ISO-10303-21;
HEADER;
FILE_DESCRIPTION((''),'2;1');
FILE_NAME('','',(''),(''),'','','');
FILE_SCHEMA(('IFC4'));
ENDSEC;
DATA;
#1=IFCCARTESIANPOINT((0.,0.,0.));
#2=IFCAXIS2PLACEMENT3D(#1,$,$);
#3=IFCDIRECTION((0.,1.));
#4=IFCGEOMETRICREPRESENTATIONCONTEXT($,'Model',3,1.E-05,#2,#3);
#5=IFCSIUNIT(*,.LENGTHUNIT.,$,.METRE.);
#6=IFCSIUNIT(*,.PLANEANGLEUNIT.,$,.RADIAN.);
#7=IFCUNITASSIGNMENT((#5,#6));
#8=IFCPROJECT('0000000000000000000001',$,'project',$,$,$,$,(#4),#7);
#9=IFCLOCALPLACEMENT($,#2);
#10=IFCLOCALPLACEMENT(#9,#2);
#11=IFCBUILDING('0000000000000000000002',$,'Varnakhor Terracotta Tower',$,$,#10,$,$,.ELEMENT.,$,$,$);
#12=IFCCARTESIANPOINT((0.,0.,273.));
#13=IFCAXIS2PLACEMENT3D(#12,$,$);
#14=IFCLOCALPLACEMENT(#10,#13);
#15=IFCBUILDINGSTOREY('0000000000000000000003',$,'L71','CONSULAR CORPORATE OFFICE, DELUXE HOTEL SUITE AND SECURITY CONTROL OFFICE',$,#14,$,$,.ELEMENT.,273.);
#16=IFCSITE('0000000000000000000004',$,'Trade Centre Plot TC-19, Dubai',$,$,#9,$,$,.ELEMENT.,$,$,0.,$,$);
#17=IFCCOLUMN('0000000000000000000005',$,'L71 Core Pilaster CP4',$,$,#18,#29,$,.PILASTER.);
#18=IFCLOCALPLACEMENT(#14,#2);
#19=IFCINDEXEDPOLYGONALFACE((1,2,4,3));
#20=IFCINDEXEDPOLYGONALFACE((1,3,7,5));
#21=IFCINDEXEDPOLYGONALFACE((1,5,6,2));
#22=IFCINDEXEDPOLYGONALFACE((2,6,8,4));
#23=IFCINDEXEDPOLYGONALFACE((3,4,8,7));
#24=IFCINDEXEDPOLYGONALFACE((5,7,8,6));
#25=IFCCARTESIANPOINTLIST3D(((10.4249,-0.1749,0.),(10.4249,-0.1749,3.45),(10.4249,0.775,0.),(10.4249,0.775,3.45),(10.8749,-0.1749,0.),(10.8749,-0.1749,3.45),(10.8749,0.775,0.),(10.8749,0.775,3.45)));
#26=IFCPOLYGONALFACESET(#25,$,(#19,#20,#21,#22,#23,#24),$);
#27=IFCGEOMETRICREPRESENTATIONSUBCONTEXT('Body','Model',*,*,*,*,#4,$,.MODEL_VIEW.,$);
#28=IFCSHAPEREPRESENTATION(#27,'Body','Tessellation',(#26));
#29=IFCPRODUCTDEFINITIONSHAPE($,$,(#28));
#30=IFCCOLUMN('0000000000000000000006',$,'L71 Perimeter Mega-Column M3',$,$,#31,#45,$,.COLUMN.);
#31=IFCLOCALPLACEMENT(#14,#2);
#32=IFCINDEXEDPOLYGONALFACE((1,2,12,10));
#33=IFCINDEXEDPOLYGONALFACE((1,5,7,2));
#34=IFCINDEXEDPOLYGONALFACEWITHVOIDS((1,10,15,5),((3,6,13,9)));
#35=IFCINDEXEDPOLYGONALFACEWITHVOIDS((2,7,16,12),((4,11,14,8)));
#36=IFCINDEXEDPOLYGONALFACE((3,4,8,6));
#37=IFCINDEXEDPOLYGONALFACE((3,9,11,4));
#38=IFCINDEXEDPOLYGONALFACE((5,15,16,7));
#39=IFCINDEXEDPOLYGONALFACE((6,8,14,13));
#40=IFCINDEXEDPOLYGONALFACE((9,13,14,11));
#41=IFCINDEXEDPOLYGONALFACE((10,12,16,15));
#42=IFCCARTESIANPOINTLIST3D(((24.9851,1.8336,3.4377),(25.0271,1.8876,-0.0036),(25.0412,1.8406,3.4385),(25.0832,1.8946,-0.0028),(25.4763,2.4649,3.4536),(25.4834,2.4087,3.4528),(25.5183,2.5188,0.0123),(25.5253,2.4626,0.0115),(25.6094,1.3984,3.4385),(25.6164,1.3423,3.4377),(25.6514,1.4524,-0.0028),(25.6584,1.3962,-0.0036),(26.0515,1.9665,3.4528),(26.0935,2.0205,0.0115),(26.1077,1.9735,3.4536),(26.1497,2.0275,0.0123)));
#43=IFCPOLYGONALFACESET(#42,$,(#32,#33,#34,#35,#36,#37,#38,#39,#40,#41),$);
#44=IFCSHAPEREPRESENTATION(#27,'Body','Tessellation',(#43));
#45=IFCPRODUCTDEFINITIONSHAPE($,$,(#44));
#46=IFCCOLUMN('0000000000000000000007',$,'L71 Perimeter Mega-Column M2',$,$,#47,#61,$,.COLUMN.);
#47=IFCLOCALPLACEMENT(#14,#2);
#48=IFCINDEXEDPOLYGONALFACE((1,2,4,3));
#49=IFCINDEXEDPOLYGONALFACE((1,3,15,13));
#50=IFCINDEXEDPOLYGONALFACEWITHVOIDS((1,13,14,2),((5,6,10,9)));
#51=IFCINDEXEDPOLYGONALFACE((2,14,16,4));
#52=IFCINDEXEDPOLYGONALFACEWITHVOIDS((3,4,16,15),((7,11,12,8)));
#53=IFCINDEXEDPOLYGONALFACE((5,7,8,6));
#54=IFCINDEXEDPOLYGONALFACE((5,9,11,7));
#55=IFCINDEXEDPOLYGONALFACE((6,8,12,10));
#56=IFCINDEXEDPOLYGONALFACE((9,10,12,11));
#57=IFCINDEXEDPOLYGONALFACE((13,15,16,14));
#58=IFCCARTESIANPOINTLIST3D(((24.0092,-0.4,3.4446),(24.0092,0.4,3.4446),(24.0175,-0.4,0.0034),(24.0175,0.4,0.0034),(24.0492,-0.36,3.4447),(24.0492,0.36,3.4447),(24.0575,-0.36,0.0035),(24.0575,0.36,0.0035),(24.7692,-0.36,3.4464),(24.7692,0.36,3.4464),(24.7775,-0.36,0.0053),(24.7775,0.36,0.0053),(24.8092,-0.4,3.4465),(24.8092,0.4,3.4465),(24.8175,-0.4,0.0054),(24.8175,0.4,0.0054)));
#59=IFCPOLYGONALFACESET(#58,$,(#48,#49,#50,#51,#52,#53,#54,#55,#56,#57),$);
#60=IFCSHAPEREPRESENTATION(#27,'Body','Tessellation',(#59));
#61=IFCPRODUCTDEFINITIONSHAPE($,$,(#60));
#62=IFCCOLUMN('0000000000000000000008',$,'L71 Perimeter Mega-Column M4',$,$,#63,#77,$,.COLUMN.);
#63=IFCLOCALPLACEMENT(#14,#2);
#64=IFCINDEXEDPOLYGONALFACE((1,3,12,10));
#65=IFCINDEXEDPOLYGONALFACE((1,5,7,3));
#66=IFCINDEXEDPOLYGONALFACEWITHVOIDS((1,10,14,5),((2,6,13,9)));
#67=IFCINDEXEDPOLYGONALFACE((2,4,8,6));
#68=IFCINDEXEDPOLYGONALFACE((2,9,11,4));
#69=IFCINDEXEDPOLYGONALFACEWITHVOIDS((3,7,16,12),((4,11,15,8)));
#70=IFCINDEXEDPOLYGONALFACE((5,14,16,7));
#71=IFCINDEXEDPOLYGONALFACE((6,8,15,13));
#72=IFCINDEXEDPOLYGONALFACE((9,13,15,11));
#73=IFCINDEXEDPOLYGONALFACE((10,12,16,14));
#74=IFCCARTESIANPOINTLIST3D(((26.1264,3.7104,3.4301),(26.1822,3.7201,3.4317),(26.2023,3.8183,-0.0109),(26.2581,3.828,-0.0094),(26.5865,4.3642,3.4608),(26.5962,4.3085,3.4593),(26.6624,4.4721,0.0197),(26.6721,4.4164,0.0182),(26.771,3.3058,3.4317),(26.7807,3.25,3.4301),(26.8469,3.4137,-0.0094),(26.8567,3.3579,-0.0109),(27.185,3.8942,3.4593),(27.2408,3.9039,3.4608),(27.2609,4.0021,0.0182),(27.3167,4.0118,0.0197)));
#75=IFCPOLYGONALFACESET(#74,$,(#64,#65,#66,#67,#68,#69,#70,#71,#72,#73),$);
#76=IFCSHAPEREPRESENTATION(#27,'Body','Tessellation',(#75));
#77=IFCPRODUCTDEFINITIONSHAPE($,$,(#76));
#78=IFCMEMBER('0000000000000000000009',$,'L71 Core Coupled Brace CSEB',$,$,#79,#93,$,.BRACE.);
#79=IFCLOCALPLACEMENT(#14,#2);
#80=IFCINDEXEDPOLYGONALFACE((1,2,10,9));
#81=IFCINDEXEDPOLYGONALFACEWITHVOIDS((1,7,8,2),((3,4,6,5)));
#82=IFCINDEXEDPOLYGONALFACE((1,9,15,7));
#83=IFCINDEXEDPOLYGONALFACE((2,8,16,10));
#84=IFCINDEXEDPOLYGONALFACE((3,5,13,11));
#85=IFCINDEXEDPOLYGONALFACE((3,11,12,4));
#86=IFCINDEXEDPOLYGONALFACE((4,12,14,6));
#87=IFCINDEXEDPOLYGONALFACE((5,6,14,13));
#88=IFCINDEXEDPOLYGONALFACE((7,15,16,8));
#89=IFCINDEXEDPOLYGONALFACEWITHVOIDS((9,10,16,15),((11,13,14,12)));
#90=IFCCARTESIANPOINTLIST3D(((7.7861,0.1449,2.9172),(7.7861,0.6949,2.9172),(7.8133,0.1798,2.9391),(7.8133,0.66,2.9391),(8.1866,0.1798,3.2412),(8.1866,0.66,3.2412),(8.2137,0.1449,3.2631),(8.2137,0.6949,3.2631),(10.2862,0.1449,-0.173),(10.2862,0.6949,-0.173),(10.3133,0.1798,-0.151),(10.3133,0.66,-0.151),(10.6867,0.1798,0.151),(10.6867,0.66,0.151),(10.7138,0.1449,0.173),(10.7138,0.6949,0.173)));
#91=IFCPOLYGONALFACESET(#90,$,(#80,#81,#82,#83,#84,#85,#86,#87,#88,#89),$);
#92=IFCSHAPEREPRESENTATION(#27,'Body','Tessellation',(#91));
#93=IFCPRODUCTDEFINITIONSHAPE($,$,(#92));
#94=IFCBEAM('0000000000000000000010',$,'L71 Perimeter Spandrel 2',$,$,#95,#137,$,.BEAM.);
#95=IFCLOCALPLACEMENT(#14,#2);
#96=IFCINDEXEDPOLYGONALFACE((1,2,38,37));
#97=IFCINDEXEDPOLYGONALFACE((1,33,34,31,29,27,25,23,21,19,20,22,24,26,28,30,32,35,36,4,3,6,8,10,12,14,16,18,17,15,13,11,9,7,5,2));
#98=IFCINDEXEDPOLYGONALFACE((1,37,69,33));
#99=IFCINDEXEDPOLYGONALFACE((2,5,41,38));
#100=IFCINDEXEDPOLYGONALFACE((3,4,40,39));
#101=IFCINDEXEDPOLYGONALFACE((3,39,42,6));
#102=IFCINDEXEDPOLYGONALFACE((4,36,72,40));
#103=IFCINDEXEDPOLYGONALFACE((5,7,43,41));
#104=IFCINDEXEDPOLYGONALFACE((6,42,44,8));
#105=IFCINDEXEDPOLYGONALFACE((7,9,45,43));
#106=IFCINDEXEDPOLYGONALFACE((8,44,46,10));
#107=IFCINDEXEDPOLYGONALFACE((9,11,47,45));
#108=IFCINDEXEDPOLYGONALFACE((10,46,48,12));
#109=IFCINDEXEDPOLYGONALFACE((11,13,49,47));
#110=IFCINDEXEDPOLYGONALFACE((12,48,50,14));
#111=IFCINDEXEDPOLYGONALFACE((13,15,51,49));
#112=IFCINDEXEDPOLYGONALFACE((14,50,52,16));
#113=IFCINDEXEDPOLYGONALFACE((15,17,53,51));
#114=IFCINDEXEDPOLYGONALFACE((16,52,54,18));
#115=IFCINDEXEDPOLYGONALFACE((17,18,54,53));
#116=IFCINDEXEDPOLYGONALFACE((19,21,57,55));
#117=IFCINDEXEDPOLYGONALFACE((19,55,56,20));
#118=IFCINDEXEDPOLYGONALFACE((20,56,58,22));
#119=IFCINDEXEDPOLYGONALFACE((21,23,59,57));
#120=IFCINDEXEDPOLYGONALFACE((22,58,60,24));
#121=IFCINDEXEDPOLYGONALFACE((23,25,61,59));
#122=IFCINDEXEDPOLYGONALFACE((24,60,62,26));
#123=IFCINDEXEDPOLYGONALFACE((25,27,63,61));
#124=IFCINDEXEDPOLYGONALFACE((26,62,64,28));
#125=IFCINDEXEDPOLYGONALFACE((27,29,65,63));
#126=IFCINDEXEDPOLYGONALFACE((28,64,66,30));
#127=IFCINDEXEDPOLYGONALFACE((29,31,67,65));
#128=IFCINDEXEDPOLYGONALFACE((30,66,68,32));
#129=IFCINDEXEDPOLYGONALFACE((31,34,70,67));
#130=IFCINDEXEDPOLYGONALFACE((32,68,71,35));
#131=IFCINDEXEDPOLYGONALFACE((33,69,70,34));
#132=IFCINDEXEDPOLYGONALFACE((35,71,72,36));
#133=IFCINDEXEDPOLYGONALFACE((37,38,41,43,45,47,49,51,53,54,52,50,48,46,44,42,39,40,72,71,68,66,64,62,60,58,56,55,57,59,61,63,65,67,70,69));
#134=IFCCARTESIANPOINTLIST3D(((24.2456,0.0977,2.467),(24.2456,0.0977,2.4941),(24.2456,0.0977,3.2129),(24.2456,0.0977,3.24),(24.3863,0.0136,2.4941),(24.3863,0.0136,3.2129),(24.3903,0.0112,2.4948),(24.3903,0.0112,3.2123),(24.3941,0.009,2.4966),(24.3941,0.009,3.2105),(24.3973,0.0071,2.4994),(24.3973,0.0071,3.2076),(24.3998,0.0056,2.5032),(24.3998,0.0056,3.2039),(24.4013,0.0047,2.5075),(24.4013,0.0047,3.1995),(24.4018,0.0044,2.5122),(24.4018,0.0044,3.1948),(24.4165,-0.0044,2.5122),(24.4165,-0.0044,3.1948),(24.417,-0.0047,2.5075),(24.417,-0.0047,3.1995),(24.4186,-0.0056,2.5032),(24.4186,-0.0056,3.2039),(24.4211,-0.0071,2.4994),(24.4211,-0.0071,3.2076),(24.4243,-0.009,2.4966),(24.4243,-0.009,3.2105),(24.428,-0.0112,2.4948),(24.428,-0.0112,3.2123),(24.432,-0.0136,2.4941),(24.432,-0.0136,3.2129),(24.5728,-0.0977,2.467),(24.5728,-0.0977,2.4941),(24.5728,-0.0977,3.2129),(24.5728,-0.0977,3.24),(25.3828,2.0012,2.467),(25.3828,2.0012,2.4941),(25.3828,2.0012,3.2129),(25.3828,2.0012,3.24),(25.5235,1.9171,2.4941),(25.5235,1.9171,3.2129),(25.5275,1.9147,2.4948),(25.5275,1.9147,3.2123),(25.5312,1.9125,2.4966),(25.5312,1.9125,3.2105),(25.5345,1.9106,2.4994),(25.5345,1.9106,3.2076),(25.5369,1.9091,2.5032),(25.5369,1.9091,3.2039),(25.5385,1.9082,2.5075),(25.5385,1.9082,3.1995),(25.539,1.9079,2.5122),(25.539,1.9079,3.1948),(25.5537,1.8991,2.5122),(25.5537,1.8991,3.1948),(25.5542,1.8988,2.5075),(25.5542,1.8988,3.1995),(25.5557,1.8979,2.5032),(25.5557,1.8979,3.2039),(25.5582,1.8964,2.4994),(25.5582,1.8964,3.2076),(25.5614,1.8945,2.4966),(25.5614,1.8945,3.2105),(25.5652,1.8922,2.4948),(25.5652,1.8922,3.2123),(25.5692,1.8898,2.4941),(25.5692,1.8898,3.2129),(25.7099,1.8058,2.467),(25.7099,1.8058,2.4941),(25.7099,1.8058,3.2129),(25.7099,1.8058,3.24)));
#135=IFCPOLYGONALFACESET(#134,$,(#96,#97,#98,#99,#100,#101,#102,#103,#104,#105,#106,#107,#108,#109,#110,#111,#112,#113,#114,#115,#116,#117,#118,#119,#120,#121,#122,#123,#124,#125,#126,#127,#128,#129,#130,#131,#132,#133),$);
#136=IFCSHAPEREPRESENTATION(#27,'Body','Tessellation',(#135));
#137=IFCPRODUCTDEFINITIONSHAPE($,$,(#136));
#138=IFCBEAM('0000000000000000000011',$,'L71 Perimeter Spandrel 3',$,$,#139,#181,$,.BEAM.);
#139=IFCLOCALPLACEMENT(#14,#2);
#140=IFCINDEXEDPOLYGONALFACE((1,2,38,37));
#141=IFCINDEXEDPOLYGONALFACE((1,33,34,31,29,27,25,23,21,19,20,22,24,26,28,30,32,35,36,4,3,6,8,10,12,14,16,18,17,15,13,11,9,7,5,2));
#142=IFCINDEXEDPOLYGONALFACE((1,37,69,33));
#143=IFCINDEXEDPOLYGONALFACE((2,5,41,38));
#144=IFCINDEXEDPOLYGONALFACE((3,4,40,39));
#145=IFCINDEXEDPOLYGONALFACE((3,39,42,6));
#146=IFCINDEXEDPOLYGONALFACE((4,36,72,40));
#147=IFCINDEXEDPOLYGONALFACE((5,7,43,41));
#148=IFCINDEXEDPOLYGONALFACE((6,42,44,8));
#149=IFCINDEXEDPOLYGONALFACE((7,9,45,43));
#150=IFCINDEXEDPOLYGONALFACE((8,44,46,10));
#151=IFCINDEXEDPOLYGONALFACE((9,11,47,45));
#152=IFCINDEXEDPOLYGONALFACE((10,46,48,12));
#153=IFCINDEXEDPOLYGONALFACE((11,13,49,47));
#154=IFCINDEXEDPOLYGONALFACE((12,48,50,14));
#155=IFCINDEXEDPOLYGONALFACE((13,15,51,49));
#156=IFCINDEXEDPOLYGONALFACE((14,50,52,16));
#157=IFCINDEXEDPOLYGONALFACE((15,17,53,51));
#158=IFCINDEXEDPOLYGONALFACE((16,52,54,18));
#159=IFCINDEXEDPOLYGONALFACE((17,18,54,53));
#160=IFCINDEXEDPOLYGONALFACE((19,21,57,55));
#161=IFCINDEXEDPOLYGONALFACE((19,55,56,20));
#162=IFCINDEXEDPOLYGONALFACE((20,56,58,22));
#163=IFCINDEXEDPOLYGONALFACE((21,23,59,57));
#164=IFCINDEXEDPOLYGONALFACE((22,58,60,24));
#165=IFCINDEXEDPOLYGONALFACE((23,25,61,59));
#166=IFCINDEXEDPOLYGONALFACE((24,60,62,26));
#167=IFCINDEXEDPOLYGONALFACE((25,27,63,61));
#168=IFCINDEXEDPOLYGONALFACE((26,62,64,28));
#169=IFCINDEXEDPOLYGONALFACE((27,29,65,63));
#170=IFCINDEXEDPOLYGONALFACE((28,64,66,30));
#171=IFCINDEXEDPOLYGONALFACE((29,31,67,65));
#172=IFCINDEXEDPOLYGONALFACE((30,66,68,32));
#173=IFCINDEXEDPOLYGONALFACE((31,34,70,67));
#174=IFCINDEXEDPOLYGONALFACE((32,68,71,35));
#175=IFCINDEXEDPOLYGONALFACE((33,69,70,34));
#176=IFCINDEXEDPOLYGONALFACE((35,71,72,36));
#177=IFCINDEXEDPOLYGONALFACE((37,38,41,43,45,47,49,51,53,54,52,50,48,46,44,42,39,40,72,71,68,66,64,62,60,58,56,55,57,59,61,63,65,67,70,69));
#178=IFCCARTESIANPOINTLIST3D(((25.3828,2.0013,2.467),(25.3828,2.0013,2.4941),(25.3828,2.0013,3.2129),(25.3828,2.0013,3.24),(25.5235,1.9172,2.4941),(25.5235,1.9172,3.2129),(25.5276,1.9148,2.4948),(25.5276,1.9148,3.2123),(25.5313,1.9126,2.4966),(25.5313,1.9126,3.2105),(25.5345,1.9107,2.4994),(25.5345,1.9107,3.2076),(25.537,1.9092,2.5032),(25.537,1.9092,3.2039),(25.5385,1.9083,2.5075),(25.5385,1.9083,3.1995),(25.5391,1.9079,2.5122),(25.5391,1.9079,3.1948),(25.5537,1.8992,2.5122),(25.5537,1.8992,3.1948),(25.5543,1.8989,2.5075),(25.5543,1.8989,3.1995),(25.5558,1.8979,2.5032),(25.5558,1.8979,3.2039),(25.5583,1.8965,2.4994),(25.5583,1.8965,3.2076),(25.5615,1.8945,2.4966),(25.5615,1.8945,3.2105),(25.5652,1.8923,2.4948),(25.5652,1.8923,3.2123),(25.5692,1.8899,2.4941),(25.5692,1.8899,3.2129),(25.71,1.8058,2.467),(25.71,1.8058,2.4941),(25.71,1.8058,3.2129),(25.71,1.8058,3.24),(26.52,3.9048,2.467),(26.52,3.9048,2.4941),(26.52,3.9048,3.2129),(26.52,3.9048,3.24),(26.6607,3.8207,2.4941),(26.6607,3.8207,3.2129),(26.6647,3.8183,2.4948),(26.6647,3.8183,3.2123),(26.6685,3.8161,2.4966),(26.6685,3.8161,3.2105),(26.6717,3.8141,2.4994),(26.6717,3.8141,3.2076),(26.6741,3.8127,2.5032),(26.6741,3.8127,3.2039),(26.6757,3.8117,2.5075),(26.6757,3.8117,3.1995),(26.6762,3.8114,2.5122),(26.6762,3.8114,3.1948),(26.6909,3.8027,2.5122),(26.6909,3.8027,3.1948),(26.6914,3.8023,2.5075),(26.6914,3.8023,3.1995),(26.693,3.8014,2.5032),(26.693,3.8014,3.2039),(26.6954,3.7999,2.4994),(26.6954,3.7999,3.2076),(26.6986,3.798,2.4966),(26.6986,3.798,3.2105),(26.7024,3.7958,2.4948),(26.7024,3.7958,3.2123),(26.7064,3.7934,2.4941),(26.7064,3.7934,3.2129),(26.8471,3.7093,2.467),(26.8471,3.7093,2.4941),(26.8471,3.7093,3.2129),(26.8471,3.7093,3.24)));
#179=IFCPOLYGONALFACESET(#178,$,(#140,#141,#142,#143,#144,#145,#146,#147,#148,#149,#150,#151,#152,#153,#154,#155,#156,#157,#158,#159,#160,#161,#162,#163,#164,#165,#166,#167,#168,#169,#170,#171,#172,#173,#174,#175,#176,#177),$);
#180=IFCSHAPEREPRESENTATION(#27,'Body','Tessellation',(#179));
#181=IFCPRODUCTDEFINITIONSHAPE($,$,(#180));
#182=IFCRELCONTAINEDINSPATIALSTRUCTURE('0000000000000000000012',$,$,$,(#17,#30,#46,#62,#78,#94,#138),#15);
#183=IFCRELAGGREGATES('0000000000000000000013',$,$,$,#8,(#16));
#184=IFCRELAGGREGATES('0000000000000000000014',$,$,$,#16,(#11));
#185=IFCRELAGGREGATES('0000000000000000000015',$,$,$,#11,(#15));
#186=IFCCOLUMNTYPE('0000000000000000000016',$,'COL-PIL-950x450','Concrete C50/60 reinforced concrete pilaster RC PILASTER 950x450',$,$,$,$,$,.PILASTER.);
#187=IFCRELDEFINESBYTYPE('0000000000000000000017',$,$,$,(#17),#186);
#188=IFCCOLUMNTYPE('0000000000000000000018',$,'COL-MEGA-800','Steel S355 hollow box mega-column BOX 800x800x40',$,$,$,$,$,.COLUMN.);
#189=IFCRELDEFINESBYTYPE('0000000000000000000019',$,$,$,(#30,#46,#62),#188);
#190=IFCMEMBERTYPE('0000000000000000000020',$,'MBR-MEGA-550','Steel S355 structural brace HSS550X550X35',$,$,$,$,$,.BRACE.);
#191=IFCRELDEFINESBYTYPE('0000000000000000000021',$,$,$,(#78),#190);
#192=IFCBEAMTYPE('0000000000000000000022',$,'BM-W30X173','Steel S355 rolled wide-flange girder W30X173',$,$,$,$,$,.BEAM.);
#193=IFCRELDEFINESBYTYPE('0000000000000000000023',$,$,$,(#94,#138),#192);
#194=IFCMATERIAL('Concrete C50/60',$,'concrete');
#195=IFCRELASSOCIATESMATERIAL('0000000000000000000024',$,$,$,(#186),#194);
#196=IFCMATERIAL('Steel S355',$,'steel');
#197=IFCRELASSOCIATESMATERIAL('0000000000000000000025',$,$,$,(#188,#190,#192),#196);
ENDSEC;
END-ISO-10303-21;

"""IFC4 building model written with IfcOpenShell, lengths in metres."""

from ifc_helpers import new_model, si_unit, direction, frame, origin, origin_2d, place, context, subcontext, project, spatial, rectangle, hollow_rectangle, i_section, extrude, source, transform, mapped, material, material_profile, profile_set, type_object, element, save


model = new_model("IFC4")

# Units and contexts
model_context = context("Model", 3, precision=1e-05, world=origin(), true_north=direction((0.0, 1.0)))
body_context = subcontext(model_context, "Body", "Model", "MODEL_VIEW")
ifc_project = project(units=[si_unit("LENGTHUNIT", "METRE"), si_unit("PLANEANGLEUNIT", "RADIAN")], contexts=[model_context])

# Site, building, storey
site_placement = place(None, origin())
site = spatial("IfcSite", under=ifc_project, at=site_placement, Name="Trade Centre Plot TC-19, Dubai", CompositionType="ELEMENT", RefElevation=0.0)
building_placement = place(site_placement, origin())
building = spatial("IfcBuilding", under=site, at=building_placement, Name="Varnakhor Terracotta Tower", CompositionType="ELEMENT")
storey_placement = place(building_placement, frame((0.0, 0.0, 273.0)))
storey = spatial("IfcBuildingStorey", under=building, at=storey_placement, Name="L71", Description="CONSULAR CORPORATE OFFICE, DELUXE HOTEL SUITE AND SECURITY CONTROL OFFICE", CompositionType="ELEMENT", Elevation=273.0)

# Columns
ifc_material_1 = material(Name="Concrete C50/60", Category="concrete")
ifc_material_profile_1 = material_profile(ifc_material_1, rectangle(XDim=0.45, YDim=0.95, at=origin_2d()), Name="RC PILASTER 950x450")
ifc_profile_set_1 = profile_set([ifc_material_profile_1], Name="Concrete C50/60")
column_type_1 = type_object("IfcColumnType", Name="COL-PIL-950x450", Description="Concrete C50/60 reinforced concrete pilaster RC PILASTER 950x450", PredefinedType="PILASTER", material=ifc_profile_set_1)
shared_shape_1 = source(origin(), body_context, "Body", "SweptSolid", [
    extrude(rectangle(XDim=0.45, YDim=0.95, at=origin_2d()), origin(), (0.0, 0.0, 1.0), 3.45),
])
column_1_placement = place(storey_placement, frame((10.6499, 0.3, 0.0), z_axis=(0.0, 0.0, 1.0), x_axis=(1.0, 0.0, 0.0)))
element("IfcColumn", 1, at=column_1_placement, inside=storey, type_object=column_type_1, Name="L71 Core Pilaster CP4", PredefinedType="PILASTER", context=body_context, shape_type="MappedRepresentation", body=[
    mapped(shared_shape_1, transform((0.0, 0.0, 0.0), scale=1.0)),
])
ifc_material_2 = material(Name="Steel S355", Category="steel")
ifc_material_profile_2 = material_profile(ifc_material_2, hollow_rectangle(XDim=0.8, YDim=0.8, WallThickness=0.04, at=origin_2d()), Name="BOX 800x800x40")
ifc_profile_set_2 = profile_set([ifc_material_profile_2], Name="Steel S355")
column_type_2 = type_object("IfcColumnType", Name="COL-MEGA-800", Description="Steel S355 hollow box mega-column BOX 800x800x40", PredefinedType="COLUMN", material=ifc_profile_set_2)
shared_shape_2 = source(origin(), body_context, "Body", "SweptSolid", [
    extrude(hollow_rectangle(XDim=0.8, YDim=0.8, WallThickness=0.04, at=origin_2d()), origin(), (0.0, 0.0, 1.0), 3.4419),
])
column_2_placement = place(storey_placement, frame((25.5884, 1.9575, 0.0044), z_axis=(-0.012201, -0.015676, 0.999803), x_axis=(0.78916, -0.614188, 0.0)))
element("IfcColumn", 2, at=column_2_placement, inside=storey, type_object=column_type_2, Name="L71 Perimeter Mega-Column M3", PredefinedType="COLUMN", context=body_context, shape_type="MappedRepresentation", body=[
    mapped(shared_shape_2, transform((0.0, 0.0, 0.0), scale=1.0)),
])
shared_shape_3 = source(origin(), body_context, "Body", "SweptSolid", [
    extrude(hollow_rectangle(XDim=0.8, YDim=0.8, WallThickness=0.04, at=origin_2d()), origin(), (0.0, 0.0, 1.0), 3.4412),
])
column_3_placement = place(storey_placement, frame((24.4175, 0.0, 0.0044), z_axis=(-0.002412, 0.0, 0.999997), x_axis=(0.0, -1.0, 0.0)))
element("IfcColumn", 3, at=column_3_placement, inside=storey, type_object=column_type_2, Name="L71 Perimeter Mega-Column M2", PredefinedType="COLUMN", context=body_context, shape_type="MappedRepresentation", body=[
    mapped(shared_shape_3, transform((0.0, 0.0, 0.0), scale=1.0)),
])
shared_shape_4 = source(origin(), body_context, "Body", "SweptSolid", [
    extrude(hollow_rectangle(XDim=0.8, YDim=0.8, WallThickness=0.04, at=origin_2d()), origin(), (0.0, 0.0, 1.0), 3.4436),
])
column_4_placement = place(storey_placement, frame((26.7595, 3.915, 0.0044), z_axis=(-0.022048, -0.031336, 0.999266), x_axis=(0.817839, -0.575448, 0.0)))
element("IfcColumn", 4, at=column_4_placement, inside=storey, type_object=column_type_2, Name="L71 Perimeter Mega-Column M4", PredefinedType="COLUMN", context=body_context, shape_type="MappedRepresentation", body=[
    mapped(shared_shape_4, transform((0.0, 0.0, 0.0), scale=1.0)),
])

# Member
ifc_material_profile_3 = material_profile(ifc_material_2, hollow_rectangle(XDim=0.55, YDim=0.55, WallThickness=0.0349, at=origin_2d()), Name="HSS550X550X35")
ifc_profile_set_3 = profile_set([ifc_material_profile_3], Name="Steel S355")
member_type_1 = type_object("IfcMemberType", Name="MBR-MEGA-550", Description="Steel S355 structural brace HSS550X550X35", PredefinedType="BRACE", material=ifc_profile_set_3)
shared_shape_5 = source(origin(), body_context, "Body", "SweptSolid", [
    extrude(hollow_rectangle(XDim=0.55, YDim=0.55, WallThickness=0.0349, at=origin_2d()), origin(), (0.0, 0.0, 1.0), 3.9749),
])
member_1_placement = place(storey_placement, frame((10.5, 0.4199, 0.0), z_axis=(-0.62897, 0.0, 0.777429), x_axis=(0.0, -1.0, 0.0)))
element("IfcMember", 5, at=member_1_placement, inside=storey, type_object=member_type_1, Name="L71 Core Coupled Brace CSEB", PredefinedType="BRACE", context=body_context, shape_type="MappedRepresentation", body=[
    mapped(shared_shape_5, transform((0.0, 0.0, 0.0), scale=1.0)),
])

# Beams
ifc_material_profile_4 = material_profile(ifc_material_2, i_section(OverallWidth=0.3811, OverallDepth=0.7729, WebThickness=0.0171, FlangeThickness=0.0271, FilletRadius=0.0181, at=origin_2d()), Name="W30X173")
ifc_profile_set_4 = profile_set([ifc_material_profile_4], Name="Steel S355")
beam_type_1 = type_object("IfcBeamType", Name="BM-W30X173", Description="Steel S355 rolled wide-flange girder W30X173", PredefinedType="BEAM", material=ifc_profile_set_4)
shared_shape_6 = source(origin(), body_context, "Body", "SweptSolid", [
    extrude(i_section(OverallWidth=0.3811, OverallDepth=0.7729, WebThickness=0.0171, FlangeThickness=0.0271, FilletRadius=0.0181, at=origin_2d()), origin(), (0.0, 0.0, 1.0), 2.2173),
])
for number, where, z_axis, x_axis, name in (
    (6, (24.4092, 0.0, 2.8535), (0.512859, 0.858473, 0.0), (-0.858473, 0.512859, 0.0), "L71 Perimeter Spandrel 2"),
    (7, (25.5464, 1.9036, 2.8535), (0.512859, 0.858473, 0.0), (-0.858473, 0.512859, 0.0), "L71 Perimeter Spandrel 3"),
):
    element("IfcBeam", number, at=place(storey_placement, frame(where, z_axis=z_axis, x_axis=x_axis)), inside=storey, type_object=beam_type_1, Name=name, PredefinedType="BEAM", context=body_context, shape_type="MappedRepresentation", body=[
        mapped(shared_shape_6, transform((0.0, 0.0, 0.0), scale=1.0)),
    ])

save(model, "model.ifc")
